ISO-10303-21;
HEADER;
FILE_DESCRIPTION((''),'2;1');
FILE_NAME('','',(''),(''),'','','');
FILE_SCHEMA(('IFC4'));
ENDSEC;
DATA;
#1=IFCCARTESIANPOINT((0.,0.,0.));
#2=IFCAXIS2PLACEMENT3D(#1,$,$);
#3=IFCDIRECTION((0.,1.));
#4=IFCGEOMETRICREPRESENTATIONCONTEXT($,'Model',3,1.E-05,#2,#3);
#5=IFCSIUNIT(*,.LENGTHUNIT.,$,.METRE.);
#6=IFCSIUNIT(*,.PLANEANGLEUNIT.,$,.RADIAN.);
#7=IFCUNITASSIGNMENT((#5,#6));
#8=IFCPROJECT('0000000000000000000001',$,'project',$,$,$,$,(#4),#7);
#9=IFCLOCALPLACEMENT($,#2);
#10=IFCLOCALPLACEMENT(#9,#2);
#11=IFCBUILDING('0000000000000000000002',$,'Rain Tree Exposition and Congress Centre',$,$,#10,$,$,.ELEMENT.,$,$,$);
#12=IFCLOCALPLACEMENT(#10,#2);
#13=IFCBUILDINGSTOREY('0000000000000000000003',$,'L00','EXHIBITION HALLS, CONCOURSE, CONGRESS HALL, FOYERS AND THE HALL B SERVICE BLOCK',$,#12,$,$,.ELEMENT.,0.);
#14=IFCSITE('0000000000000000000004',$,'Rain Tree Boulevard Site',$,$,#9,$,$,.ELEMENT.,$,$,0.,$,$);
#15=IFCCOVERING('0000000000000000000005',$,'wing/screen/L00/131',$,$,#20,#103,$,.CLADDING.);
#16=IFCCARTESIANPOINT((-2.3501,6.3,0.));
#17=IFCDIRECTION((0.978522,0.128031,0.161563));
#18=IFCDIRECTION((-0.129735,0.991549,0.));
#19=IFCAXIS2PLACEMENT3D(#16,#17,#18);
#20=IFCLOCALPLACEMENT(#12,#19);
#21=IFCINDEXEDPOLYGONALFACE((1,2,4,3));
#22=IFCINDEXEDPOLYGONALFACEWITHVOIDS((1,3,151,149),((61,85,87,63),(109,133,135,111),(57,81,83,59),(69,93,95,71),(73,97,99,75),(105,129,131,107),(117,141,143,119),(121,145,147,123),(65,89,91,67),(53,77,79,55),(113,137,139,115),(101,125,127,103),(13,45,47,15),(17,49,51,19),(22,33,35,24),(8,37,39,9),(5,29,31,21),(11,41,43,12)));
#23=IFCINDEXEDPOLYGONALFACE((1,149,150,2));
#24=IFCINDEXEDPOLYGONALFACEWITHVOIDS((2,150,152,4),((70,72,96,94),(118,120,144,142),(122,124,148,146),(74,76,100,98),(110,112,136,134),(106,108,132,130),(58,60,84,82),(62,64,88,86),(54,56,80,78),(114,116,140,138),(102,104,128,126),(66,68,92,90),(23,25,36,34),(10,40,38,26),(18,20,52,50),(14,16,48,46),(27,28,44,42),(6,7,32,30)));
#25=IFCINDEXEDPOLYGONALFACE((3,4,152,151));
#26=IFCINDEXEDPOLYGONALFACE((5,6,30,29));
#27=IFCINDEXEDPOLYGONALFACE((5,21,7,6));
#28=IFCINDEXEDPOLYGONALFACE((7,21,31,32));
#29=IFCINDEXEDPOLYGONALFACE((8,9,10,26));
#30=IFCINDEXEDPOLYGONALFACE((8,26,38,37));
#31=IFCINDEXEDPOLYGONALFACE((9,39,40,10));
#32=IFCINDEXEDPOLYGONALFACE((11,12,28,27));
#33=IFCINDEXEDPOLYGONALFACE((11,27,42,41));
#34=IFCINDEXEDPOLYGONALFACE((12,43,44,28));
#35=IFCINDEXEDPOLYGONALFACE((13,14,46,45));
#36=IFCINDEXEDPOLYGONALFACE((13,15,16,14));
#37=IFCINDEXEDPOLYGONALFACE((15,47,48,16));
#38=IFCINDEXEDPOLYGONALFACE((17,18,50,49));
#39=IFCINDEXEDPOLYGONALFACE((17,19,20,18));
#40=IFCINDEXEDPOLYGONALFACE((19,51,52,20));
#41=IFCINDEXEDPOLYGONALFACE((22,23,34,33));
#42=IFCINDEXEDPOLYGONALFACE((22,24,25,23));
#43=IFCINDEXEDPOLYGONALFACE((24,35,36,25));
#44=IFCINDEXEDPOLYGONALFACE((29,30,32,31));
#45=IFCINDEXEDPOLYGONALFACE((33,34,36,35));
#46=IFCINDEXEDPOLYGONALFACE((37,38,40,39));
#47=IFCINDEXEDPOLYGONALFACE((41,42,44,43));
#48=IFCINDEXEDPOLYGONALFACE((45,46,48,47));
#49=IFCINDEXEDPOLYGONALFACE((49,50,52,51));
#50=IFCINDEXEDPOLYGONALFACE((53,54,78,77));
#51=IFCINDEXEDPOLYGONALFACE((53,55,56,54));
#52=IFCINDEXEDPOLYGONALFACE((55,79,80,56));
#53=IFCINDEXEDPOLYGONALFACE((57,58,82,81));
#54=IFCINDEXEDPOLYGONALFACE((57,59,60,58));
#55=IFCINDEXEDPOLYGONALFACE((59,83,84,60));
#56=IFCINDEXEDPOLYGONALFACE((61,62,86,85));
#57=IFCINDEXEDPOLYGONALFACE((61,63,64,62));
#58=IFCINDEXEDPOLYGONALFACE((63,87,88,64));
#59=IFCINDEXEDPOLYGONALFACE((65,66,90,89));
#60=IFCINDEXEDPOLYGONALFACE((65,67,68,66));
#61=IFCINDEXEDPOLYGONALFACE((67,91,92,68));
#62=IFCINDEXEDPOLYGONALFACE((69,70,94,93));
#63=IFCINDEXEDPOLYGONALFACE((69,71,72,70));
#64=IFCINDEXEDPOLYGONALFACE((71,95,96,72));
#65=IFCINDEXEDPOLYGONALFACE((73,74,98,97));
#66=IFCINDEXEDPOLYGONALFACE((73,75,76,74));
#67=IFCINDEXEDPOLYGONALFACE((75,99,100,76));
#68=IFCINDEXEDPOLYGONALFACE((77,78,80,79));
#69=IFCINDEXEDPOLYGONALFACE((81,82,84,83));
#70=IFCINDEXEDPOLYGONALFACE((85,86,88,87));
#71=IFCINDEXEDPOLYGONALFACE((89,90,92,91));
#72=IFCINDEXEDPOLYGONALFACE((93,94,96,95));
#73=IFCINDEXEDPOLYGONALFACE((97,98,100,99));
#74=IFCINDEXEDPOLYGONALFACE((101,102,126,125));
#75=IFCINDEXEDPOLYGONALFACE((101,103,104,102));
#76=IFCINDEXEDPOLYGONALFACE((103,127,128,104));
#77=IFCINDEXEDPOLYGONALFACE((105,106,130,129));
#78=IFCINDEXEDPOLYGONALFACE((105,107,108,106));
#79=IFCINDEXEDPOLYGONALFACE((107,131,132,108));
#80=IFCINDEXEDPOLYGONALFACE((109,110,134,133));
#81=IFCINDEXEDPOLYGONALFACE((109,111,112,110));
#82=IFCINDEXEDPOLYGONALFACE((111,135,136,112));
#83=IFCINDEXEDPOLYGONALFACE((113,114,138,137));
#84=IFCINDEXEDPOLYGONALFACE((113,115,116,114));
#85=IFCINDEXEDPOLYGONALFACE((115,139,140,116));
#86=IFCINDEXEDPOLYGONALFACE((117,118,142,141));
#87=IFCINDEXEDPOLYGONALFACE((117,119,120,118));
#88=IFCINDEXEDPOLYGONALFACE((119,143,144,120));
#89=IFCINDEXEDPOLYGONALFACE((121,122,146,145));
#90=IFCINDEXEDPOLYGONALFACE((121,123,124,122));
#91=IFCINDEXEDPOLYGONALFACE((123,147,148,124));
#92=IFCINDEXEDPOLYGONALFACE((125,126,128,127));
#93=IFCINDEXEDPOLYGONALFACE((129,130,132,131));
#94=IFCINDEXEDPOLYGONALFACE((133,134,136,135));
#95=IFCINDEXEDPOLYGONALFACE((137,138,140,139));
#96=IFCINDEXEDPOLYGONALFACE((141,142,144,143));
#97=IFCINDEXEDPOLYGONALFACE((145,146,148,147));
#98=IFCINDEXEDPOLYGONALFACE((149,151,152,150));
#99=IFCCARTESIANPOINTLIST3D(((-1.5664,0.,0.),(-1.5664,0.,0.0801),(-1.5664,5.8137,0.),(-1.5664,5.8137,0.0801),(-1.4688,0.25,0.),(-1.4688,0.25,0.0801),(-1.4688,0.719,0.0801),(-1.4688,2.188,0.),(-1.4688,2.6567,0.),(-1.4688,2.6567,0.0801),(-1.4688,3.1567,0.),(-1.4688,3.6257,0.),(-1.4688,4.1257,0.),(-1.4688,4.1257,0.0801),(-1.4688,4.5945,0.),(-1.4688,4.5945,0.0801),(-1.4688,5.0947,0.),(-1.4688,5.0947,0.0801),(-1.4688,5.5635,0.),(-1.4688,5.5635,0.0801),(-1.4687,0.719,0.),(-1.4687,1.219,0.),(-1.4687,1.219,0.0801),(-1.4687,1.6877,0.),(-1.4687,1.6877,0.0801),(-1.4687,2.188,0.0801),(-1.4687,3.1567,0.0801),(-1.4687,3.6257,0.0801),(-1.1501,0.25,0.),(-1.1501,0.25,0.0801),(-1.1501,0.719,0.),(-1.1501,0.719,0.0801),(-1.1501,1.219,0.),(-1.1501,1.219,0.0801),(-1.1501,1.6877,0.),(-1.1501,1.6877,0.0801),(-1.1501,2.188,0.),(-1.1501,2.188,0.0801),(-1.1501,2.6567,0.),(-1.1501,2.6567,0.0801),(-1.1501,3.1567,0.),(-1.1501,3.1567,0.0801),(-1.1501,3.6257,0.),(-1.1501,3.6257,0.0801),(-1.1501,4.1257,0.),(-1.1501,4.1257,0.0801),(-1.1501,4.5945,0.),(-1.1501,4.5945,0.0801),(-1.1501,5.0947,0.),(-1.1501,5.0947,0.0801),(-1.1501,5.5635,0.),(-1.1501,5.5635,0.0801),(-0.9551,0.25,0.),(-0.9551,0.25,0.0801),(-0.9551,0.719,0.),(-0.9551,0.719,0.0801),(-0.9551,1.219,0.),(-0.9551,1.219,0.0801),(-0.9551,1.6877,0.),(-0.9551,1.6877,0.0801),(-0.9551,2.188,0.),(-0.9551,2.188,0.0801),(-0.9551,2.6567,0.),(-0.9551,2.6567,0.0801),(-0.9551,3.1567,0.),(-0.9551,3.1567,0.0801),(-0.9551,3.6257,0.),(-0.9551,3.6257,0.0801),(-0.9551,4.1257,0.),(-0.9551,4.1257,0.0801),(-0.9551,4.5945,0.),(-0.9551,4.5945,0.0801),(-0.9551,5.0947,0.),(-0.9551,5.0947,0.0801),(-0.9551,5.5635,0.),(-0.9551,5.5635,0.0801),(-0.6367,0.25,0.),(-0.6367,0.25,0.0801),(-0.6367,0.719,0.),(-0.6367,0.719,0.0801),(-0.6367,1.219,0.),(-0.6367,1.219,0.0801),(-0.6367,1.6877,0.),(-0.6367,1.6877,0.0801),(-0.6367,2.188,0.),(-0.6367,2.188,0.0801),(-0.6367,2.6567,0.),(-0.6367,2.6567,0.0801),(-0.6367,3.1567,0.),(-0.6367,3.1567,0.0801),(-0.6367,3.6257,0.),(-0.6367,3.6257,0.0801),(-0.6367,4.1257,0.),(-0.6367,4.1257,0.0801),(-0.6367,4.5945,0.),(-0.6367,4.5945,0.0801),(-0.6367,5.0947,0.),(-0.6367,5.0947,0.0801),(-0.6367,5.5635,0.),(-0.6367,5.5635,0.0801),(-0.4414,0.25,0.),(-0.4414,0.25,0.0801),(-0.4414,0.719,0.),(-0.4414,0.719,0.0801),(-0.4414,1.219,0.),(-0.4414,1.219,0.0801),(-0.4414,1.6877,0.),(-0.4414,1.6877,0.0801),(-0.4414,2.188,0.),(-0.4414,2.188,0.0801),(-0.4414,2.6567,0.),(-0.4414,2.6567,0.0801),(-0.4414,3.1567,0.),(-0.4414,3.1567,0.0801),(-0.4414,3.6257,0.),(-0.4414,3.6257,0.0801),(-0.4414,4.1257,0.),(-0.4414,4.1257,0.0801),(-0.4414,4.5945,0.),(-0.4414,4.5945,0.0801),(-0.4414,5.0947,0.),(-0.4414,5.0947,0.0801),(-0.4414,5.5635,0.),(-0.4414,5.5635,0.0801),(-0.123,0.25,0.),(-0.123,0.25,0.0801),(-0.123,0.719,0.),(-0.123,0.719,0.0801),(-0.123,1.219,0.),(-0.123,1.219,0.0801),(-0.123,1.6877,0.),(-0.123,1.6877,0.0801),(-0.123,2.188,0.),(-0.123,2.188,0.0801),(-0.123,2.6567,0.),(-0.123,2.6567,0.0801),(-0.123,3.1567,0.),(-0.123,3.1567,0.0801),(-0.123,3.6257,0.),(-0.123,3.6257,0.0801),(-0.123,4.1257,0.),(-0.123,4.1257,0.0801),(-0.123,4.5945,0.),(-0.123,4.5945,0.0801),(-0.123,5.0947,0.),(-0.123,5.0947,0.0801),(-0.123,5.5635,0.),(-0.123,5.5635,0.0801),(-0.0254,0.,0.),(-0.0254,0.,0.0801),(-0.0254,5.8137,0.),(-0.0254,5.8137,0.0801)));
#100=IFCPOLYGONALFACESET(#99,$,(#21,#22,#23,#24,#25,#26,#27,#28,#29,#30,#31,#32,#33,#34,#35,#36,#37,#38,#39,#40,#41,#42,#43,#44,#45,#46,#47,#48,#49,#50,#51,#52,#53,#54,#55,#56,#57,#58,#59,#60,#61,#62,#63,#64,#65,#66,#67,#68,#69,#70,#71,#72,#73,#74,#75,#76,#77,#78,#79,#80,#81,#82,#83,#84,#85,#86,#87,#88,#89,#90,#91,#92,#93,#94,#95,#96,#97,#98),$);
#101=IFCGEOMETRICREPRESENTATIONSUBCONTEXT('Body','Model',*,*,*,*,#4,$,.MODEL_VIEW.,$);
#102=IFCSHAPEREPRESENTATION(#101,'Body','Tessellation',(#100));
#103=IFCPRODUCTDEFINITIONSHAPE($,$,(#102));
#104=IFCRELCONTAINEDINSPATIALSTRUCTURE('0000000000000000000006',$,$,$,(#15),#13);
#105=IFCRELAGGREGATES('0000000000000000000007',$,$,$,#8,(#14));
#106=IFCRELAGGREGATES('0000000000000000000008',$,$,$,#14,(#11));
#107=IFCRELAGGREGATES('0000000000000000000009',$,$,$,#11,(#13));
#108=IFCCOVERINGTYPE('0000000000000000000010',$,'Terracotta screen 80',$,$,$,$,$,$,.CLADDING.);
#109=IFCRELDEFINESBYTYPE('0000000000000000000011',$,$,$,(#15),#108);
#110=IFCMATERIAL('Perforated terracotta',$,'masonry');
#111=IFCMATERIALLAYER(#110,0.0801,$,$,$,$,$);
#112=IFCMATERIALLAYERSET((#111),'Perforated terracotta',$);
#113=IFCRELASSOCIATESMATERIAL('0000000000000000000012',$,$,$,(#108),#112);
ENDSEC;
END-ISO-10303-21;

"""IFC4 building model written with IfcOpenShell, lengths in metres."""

from ifc_helpers import new_model, si_unit, direction, frame, origin, place, context, subcontext, project, spatial, polyline, outline, extrude, material, layer, layer_set, type_object, element, save


model = new_model("IFC4")

# Units and contexts
model_context = context("Model", 3, precision=1e-05, world=origin(), true_north=direction((0.0, 1.0)))
body_context = subcontext(model_context, "Body", "Model", "MODEL_VIEW")
ifc_project = project(units=[si_unit("LENGTHUNIT", "METRE"), si_unit("PLANEANGLEUNIT", "RADIAN")], contexts=[model_context])

# Site, building, storey
site_placement = place(None, origin())
site = spatial("IfcSite", under=ifc_project, at=site_placement, Name="Rain Tree Boulevard Site", CompositionType="ELEMENT", RefElevation=0.0)
building_placement = place(site_placement, origin())
building = spatial("IfcBuilding", under=site, at=building_placement, Name="Rain Tree Exposition and Congress Centre", CompositionType="ELEMENT")
storey_placement = place(building_placement, origin())
storey = spatial("IfcBuildingStorey", under=building, at=storey_placement, Name="L00", Description="EXHIBITION HALLS, CONCOURSE, CONGRESS HALL, FOYERS AND THE HALL B SERVICE BLOCK", CompositionType="ELEMENT", Elevation=0.0)

# Covering
ifc_material_1 = material(Name="Perforated terracotta", Category="masonry")
ifc_layer_1 = layer(ifc_material_1, 0.0801)
ifc_layer_set_1 = layer_set([ifc_layer_1], Name="Perforated terracotta")
covering_type = type_object("IfcCoveringType", Name="Terracotta screen 80", PredefinedType="CLADDING", material=ifc_layer_set_1)
covering_1_placement = place(storey_placement, frame((-2.3501, 6.3, 0.0), z_axis=(0.978522, 0.128031, 0.161563), x_axis=(-0.129735, 0.991549, 0.0)))
element("IfcCovering", 1, at=covering_1_placement, inside=storey, type_object=covering_type, Name="wing/screen/L00/131", PredefinedType="CLADDING", context=body_context, shape_type="SweptSolid", body=[
    extrude(outline(polyline([(-1.5664, 0.0), (-1.5664, 5.8137), (-0.0254, 5.8137), (-0.0254, 0.0), (-1.5664, 0.0)]), holes=[polyline([(-0.123, 0.25), (-0.123, 0.719), (-0.4414, 0.719), (-0.4414, 0.25), (-0.123, 0.25)]), polyline([(-0.123, 1.219), (-0.123, 1.6877), (-0.4414, 1.6877), (-0.4414, 1.219), (-0.123, 1.219)]), polyline([(-0.123, 2.188), (-0.123, 2.6567), (-0.4414, 2.6567), (-0.4414, 2.188), (-0.123, 2.188)]), polyline([(-0.123, 3.1567), (-0.123, 3.6257), (-0.4414, 3.6257), (-0.4414, 3.1567), (-0.123, 3.1567)]), polyline([(-0.123, 4.1257), (-0.123, 4.5945), (-0.4414, 4.5945), (-0.4414, 4.1257), (-0.123, 4.1257)]), polyline([(-0.123, 5.0947), (-0.123, 5.5635), (-0.4414, 5.5635), (-0.4414, 5.0947), (-0.123, 5.0947)]), polyline([(-0.6367, 0.25), (-0.6367, 0.719), (-0.9551, 0.719), (-0.9551, 0.25), (-0.6367, 0.25)]), polyline([(-0.6367, 1.219), (-0.6367, 1.6877), (-0.9551, 1.6877), (-0.9551, 1.219), (-0.6367, 1.219)]), polyline([(-0.6367, 2.188), (-0.6367, 2.6567), (-0.9551, 2.6567), (-0.9551, 2.188), (-0.6367, 2.188)]), polyline([(-0.6367, 3.1567), (-0.6367, 3.6257), (-0.9551, 3.6257), (-0.9551, 3.1567), (-0.6367, 3.1567)]), polyline([(-0.6367, 4.1257), (-0.6367, 4.5945), (-0.9551, 4.5945), (-0.9551, 4.1257), (-0.6367, 4.1257)]), polyline([(-0.6367, 5.0947), (-0.6367, 5.5635), (-0.9551, 5.5635), (-0.9551, 5.0947), (-0.6367, 5.0947)]), polyline([(-1.1501, 0.25), (-1.1501, 0.719), (-1.4688, 0.719), (-1.4688, 0.25), (-1.1501, 0.25)]), polyline([(-1.1501, 1.219), (-1.1501, 1.6877), (-1.4688, 1.6877), (-1.4688, 1.219), (-1.1501, 1.219)]), polyline([(-1.1501, 2.188), (-1.1501, 2.6567), (-1.4688, 2.6567), (-1.4688, 2.188), (-1.1501, 2.188)]), polyline([(-1.1501, 3.1567), (-1.1501, 3.6257), (-1.4688, 3.6257), (-1.4688, 3.1567), (-1.1501, 3.1567)]), polyline([(-1.1501, 4.1257), (-1.1501, 4.5945), (-1.4688, 4.5945), (-1.4688, 4.1257), (-1.1501, 4.1257)]), polyline([(-1.1501, 5.0947), (-1.1501, 5.5635), (-1.4688, 5.5635), (-1.4688, 5.0947), (-1.1501, 5.0947)])]), origin(), (0.0, 0.0, 1.0), 0.0801),
])

save(model, "model.ifc")
